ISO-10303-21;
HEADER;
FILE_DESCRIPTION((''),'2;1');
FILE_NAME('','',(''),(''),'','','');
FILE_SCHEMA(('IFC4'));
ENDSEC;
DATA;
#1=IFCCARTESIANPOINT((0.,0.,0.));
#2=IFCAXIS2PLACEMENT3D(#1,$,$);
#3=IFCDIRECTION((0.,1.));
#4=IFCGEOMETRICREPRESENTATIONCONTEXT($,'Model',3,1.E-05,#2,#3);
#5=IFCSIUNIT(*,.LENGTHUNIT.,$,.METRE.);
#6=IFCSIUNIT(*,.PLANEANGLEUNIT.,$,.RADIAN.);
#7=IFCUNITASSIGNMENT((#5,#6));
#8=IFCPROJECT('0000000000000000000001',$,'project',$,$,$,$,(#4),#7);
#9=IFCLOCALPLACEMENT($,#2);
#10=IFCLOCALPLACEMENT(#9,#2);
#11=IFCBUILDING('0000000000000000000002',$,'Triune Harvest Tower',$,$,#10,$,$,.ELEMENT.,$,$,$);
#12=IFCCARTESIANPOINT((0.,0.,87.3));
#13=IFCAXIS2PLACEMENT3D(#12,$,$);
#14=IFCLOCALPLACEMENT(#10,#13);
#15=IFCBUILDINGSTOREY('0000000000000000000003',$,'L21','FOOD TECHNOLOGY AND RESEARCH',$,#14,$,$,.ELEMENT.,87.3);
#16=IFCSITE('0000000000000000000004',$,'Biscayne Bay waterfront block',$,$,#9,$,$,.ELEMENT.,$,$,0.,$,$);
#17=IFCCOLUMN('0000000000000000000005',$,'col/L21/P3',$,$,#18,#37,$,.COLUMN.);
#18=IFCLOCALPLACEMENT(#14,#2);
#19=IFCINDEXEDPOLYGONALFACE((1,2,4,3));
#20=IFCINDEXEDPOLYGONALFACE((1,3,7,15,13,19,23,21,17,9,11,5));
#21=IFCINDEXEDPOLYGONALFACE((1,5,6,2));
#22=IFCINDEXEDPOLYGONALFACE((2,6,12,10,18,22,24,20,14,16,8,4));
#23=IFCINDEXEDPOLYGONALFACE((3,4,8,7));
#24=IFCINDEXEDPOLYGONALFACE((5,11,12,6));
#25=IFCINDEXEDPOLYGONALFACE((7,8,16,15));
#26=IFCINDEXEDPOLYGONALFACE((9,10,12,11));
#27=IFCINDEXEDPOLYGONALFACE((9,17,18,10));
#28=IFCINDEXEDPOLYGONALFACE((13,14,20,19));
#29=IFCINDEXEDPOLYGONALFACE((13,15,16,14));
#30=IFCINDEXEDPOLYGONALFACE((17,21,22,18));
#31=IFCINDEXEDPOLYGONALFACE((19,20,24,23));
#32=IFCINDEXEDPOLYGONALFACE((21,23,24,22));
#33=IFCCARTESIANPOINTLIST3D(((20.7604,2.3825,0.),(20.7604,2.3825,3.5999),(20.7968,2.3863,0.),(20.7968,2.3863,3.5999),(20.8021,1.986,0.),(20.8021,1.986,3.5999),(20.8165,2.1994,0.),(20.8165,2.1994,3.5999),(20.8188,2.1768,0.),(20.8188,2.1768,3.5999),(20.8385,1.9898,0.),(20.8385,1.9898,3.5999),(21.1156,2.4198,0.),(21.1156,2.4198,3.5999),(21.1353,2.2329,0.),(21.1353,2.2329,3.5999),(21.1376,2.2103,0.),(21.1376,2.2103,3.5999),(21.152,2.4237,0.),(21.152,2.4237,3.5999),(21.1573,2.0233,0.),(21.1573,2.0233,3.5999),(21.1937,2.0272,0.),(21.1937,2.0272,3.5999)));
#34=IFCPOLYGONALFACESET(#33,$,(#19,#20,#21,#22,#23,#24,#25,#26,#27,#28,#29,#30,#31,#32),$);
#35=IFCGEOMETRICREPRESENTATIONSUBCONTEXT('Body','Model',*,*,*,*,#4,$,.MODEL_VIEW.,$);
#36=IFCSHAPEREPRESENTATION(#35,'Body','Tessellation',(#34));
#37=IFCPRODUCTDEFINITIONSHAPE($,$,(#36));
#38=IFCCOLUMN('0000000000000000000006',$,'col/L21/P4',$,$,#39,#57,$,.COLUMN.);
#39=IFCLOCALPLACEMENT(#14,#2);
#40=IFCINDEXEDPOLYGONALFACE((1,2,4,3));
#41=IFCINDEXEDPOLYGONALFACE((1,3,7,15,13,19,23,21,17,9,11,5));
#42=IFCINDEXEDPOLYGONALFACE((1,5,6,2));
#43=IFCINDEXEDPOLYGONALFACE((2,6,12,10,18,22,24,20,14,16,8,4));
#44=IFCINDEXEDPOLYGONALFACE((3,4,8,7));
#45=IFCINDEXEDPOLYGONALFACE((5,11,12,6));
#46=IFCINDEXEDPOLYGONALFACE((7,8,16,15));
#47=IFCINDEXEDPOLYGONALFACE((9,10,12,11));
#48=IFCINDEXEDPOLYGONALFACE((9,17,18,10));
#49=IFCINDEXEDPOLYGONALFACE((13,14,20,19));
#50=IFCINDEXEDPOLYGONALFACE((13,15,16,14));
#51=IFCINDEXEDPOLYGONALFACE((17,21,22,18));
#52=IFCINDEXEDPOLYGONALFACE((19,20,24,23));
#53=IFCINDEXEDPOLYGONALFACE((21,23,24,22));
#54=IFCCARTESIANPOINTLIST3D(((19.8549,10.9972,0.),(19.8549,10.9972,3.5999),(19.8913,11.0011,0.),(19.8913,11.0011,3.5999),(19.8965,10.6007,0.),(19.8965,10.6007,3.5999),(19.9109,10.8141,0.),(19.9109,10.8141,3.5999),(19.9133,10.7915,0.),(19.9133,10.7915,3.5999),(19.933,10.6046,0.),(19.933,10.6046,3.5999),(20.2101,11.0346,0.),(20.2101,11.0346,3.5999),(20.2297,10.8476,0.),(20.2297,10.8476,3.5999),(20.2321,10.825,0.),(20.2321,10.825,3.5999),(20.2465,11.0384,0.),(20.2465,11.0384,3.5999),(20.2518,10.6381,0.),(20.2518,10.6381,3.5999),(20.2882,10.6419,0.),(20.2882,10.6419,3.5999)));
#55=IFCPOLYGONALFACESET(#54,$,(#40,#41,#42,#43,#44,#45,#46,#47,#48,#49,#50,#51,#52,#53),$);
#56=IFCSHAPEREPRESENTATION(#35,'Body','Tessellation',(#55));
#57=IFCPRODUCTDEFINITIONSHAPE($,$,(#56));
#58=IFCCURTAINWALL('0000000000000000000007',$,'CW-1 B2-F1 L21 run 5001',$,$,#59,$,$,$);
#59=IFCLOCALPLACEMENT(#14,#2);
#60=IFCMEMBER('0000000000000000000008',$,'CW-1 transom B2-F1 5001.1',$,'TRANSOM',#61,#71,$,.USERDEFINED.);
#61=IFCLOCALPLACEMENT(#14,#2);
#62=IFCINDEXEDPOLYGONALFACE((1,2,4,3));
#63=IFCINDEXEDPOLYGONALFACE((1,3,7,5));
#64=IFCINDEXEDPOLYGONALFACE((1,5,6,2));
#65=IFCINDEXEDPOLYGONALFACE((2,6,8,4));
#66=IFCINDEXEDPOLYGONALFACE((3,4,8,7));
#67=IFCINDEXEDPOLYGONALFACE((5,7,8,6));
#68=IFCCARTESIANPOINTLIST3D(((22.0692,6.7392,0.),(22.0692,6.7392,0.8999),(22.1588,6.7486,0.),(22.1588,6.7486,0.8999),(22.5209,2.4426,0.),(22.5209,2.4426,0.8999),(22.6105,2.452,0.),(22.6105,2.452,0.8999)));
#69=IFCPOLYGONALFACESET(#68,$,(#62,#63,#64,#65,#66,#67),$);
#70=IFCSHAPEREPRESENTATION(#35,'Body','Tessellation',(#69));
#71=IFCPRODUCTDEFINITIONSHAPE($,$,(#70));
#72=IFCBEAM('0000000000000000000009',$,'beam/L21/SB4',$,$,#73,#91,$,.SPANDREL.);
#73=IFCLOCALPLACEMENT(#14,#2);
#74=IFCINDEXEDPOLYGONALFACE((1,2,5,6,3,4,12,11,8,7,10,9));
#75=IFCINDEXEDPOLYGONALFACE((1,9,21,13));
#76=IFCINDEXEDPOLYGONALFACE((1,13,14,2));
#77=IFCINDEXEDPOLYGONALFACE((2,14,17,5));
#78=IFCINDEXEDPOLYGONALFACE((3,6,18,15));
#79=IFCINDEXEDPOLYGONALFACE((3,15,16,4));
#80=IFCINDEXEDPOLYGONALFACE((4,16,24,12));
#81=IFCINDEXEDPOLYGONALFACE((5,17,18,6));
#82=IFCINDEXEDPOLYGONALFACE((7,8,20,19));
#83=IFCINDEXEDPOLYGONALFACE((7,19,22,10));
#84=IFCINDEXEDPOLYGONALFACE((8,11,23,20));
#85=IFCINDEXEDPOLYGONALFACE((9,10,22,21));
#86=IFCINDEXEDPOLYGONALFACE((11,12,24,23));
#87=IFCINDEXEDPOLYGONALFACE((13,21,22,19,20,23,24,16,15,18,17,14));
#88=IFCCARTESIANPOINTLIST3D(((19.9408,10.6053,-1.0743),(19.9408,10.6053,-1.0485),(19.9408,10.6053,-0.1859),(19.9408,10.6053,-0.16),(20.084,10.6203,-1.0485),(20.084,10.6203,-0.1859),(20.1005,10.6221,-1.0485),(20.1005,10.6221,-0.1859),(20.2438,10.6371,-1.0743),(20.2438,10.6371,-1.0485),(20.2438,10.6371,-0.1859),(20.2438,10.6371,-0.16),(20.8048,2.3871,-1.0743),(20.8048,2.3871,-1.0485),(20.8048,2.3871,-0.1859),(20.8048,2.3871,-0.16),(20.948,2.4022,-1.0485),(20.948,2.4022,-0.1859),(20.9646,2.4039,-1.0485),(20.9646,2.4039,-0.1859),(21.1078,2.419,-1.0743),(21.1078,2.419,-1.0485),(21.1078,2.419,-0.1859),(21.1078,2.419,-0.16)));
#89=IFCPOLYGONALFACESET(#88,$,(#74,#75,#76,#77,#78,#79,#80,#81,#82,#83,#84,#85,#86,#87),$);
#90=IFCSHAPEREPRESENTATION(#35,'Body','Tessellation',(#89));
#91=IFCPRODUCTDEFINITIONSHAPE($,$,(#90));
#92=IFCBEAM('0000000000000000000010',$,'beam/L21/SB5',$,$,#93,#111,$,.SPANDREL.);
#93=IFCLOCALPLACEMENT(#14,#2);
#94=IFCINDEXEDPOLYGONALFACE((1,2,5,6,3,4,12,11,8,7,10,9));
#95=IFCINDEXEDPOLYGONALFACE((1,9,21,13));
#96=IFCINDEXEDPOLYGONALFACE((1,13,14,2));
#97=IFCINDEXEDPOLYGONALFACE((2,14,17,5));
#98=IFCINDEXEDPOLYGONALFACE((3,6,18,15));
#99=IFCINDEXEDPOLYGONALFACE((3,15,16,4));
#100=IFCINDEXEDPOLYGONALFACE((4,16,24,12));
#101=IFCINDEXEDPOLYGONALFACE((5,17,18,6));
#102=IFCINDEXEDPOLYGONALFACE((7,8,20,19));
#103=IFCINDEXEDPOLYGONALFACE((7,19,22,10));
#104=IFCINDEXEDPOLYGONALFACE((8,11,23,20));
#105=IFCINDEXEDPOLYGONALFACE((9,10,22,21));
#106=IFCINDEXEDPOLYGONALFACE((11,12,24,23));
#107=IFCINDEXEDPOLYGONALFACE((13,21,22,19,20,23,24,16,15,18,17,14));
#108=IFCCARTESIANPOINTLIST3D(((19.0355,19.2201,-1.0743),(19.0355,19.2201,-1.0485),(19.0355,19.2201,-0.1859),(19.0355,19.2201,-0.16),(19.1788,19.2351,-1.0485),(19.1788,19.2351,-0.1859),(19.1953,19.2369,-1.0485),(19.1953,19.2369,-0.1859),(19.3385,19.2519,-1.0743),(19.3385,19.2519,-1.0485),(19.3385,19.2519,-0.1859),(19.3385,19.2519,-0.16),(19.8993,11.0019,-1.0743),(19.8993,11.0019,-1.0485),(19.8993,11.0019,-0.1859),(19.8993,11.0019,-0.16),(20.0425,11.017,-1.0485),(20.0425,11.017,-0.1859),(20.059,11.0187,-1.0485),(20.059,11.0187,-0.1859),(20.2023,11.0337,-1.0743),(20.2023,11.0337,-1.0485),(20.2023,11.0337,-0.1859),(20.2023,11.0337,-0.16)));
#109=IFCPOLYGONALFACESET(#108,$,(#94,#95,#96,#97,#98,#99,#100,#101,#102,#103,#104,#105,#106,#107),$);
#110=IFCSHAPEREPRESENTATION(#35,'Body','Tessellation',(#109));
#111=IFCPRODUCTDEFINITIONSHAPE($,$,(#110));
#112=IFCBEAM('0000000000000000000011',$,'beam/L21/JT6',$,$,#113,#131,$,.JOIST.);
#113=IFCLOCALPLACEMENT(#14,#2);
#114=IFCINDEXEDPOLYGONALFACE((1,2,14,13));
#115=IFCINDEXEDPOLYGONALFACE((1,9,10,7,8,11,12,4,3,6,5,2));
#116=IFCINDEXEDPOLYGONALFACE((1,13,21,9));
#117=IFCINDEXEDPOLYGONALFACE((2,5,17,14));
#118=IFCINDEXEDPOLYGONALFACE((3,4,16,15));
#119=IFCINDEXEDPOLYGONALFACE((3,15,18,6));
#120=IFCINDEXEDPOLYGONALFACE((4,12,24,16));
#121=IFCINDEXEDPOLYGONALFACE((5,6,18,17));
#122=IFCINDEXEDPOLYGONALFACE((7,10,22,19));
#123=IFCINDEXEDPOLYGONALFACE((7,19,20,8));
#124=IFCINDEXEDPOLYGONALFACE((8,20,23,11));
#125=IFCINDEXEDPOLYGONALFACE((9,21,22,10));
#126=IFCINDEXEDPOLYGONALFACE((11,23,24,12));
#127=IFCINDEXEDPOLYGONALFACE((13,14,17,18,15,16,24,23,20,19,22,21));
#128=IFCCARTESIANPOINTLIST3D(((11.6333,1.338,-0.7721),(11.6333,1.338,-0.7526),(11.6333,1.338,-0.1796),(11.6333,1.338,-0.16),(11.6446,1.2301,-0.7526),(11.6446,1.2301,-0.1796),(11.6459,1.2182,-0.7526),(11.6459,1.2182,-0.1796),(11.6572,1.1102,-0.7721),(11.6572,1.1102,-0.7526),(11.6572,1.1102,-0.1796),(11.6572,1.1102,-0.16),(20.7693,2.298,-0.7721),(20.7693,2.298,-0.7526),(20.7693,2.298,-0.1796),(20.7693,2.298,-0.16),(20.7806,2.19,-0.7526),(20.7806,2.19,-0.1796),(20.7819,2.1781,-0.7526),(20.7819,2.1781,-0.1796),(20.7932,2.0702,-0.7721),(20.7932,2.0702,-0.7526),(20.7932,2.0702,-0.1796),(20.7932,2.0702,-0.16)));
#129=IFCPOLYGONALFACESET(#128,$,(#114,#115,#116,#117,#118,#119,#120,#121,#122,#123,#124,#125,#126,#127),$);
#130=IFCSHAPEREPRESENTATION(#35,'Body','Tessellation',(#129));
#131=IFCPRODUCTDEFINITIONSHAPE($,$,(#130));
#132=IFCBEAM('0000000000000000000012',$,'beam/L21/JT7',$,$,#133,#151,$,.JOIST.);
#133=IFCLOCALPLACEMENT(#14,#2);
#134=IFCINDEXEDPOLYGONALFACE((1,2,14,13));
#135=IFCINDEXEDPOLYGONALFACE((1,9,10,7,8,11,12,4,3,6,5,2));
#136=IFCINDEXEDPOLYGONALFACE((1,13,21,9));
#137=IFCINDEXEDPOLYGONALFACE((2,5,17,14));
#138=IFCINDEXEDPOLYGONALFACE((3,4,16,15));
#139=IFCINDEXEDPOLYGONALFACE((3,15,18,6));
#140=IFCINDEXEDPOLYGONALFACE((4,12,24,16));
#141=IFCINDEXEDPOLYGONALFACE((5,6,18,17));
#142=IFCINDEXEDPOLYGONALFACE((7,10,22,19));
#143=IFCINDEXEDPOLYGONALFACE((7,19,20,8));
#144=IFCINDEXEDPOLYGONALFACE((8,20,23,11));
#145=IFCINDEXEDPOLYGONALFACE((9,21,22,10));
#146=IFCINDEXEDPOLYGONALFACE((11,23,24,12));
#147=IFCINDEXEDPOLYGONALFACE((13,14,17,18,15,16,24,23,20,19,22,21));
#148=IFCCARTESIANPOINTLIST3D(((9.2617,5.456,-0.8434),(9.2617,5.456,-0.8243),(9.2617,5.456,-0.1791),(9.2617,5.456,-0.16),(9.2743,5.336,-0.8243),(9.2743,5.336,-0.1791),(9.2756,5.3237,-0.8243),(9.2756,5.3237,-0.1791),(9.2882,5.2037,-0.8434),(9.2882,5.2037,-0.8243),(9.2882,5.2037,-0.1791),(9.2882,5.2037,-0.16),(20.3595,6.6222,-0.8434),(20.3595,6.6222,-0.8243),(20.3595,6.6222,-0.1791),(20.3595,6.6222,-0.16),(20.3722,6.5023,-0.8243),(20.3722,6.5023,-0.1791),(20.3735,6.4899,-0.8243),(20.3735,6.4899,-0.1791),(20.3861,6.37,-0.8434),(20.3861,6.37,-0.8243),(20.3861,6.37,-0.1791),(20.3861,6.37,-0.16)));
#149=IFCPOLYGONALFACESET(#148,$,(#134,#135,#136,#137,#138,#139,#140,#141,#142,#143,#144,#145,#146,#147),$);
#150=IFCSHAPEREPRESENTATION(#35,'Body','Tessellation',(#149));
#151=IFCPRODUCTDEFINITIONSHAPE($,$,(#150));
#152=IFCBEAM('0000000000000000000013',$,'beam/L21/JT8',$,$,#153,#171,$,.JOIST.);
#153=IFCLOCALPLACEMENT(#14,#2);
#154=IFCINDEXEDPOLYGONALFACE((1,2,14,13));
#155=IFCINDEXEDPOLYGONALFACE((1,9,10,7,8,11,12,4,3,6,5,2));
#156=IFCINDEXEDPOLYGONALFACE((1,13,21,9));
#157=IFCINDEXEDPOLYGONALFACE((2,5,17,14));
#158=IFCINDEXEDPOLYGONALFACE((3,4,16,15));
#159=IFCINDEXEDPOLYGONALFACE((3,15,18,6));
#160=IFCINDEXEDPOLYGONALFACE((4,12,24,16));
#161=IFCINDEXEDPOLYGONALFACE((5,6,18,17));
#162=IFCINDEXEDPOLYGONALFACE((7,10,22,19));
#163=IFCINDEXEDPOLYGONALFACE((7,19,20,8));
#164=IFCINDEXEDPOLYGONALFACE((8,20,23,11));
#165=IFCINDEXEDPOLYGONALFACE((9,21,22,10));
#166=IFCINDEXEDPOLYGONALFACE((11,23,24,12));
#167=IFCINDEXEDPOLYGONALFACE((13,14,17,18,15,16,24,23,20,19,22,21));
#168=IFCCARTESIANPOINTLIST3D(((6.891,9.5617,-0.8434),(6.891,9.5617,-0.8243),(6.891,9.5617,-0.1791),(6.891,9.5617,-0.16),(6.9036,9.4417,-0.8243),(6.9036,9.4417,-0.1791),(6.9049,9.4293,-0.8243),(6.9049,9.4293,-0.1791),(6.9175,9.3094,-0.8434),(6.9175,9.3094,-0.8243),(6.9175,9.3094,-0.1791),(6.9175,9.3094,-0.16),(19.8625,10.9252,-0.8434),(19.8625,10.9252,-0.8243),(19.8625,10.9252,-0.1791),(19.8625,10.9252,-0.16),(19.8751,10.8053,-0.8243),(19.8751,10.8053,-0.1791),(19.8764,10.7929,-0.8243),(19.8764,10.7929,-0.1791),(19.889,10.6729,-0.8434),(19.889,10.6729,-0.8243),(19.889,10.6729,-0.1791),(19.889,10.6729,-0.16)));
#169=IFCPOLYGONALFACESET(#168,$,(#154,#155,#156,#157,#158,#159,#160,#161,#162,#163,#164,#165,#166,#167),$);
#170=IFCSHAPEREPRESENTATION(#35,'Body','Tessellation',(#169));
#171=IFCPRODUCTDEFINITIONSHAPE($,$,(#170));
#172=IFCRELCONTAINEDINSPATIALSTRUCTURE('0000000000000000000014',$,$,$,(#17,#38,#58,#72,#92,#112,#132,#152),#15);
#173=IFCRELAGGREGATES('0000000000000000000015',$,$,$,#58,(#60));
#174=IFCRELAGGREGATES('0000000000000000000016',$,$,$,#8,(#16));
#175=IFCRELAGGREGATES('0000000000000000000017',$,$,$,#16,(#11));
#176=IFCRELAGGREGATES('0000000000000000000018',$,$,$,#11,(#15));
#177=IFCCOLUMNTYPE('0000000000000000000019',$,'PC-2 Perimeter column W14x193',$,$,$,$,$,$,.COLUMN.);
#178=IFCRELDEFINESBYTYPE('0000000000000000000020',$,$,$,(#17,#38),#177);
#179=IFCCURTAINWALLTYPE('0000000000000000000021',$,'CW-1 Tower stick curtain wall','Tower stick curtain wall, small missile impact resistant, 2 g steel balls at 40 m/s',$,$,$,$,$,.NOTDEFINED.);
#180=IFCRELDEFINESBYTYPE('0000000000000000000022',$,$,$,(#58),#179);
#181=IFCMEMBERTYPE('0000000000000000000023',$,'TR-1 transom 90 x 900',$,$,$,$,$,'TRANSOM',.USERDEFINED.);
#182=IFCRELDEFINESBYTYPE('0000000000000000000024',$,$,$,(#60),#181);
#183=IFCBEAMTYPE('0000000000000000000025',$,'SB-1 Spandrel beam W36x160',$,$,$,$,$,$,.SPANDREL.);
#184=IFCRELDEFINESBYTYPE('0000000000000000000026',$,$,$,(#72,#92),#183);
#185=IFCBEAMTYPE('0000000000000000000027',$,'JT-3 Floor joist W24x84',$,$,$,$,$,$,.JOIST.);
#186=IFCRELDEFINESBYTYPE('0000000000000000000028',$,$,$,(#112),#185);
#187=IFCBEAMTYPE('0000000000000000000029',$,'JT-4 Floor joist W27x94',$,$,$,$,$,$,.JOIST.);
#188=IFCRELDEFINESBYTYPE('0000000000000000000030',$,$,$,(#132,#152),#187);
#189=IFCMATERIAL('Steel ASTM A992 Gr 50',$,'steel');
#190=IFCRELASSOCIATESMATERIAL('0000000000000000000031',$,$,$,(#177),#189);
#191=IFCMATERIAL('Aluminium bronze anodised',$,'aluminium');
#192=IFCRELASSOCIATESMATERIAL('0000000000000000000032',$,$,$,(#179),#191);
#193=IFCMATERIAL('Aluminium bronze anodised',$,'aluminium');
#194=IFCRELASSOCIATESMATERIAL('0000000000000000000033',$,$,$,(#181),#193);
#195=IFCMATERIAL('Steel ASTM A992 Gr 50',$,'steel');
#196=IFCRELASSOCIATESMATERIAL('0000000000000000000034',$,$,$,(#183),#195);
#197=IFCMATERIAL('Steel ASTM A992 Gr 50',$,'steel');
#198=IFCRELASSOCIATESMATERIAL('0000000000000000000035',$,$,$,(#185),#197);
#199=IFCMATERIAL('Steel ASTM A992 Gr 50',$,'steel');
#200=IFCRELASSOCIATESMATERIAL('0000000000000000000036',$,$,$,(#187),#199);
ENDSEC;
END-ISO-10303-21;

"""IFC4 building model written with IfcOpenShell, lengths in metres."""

from ifc_helpers import new_model, si_unit, direction, frame, origin, origin_2d, place, context, subcontext, project, spatial, rectangle, i_section, extrude, source, transform, mapped, material, material_profile, profile_set, type_object, element, aggregate, save


model = new_model("IFC4")

# Units and contexts
model_context = context("Model", 3, precision=1e-05, world=origin(), true_north=direction((0.0, 1.0)))
body_context = subcontext(model_context, "Body", "Model", "MODEL_VIEW")
ifc_project = project(units=[si_unit("LENGTHUNIT", "METRE"), si_unit("PLANEANGLEUNIT", "RADIAN")], contexts=[model_context])

# Site, building, storey
site_placement = place(None, origin())
site = spatial("IfcSite", under=ifc_project, at=site_placement, Name="Biscayne Bay waterfront block", CompositionType="ELEMENT", RefElevation=0.0)
building_placement = place(site_placement, origin())
building = spatial("IfcBuilding", under=site, at=building_placement, Name="Triune Harvest Tower", CompositionType="ELEMENT")
storey_placement = place(building_placement, frame((0.0, 0.0, 87.3)))
storey = spatial("IfcBuildingStorey", under=building, at=storey_placement, Name="L21", Description="FOOD TECHNOLOGY AND RESEARCH", CompositionType="ELEMENT", Elevation=87.3)

# Columns
ifc_material_1 = material(Name="Steel ASTM A992 Gr 50", Category="steel")
ifc_material_profile_1 = material_profile(ifc_material_1, i_section(OverallWidth=0.3987, OverallDepth=0.3938, WebThickness=0.0227, FlangeThickness=0.0366, at=origin_2d()), Name="W14x193")
ifc_profile_set_1 = profile_set([ifc_material_profile_1], Name="Steel ASTM A992 Gr 50")
column_type = type_object("IfcColumnType", Name="PC-2 Perimeter column W14x193", PredefinedType="COLUMN", material=ifc_profile_set_1)
shared_shape_1 = source(origin(), body_context, "Body", "SweptSolid", [
    extrude(i_section(OverallWidth=0.3987, OverallDepth=0.3938, WebThickness=0.0227, FlangeThickness=0.0366, at=origin_2d()), origin(), (0.0, 0.0, 1.0), 3.5999),
])
for number, where, z_axis, x_axis, name in (
    (1, (20.9771, 2.2048, 0.0), (0.0, 0.0, 1.0), (-0.104527, 0.994522, 0.0), "col/L21/P3"),
    (2, (20.0715, 10.8196, 0.0), (0.0, 0.0, 1.0), (-0.104527, 0.994522, 0.0), "col/L21/P4"),
):
    element("IfcColumn", number, at=place(storey_placement, frame(where, z_axis=z_axis, x_axis=x_axis)), inside=storey, type_object=column_type, Name=name, PredefinedType="COLUMN", context=body_context, shape_type="MappedRepresentation", body=[
        mapped(shared_shape_1, transform((0.0, 0.0, 0.0), scale=1.0)),
    ])

# Curtain wall, member
ifc_material_2 = material(Name="Aluminium bronze anodised", Category="aluminium")
curtain_wall_type_1 = type_object("IfcCurtainWallType", Name="CW-1 Tower stick curtain wall", Description="Tower stick curtain wall, small missile impact resistant, 2 g steel balls at 40 m/s", PredefinedType="NOTDEFINED", material=ifc_material_2)
curtain_wall_1_placement = place(storey_placement, origin())
curtain_wall_1 = element("IfcCurtainWall", 3, at=curtain_wall_1_placement, inside=storey, type_object=curtain_wall_type_1, Name="CW-1 B2-F1 L21 run 5001")
ifc_material_3 = material(Name="Aluminium bronze anodised", Category="aluminium")
ifc_material_profile_2 = material_profile(ifc_material_3, rectangle(XDim=0.0901, YDim=0.8999, at=origin_2d()), Name="TR-1 transom 90 x 900")
ifc_profile_set_2 = profile_set([ifc_material_profile_2], Name="Aluminium bronze anodised")
member_type_1 = type_object("IfcMemberType", Name="TR-1 transom 90 x 900", ElementType="TRANSOM", PredefinedType="USERDEFINED", material=ifc_profile_set_2)
member_1_placement = place(storey_placement, frame((22.5657, 2.4473, 0.45), z_axis=(-0.104544, 0.99452, 0.0), x_axis=(-0.99452, -0.104544, 0.0)))
member_1 = element("IfcMember", 4, at=member_1_placement, type_object=member_type_1, Name="CW-1 transom B2-F1 5001.1", ObjectType="TRANSOM", PredefinedType="USERDEFINED", context=body_context, shape_type="SweptSolid", body=[
    extrude(rectangle(XDim=0.0901, YDim=0.8999, at=origin_2d()), origin(), (0.0, 0.0, 1.0), 4.3203),
])

# Beams
ifc_material_4 = material(Name="Steel ASTM A992 Gr 50", Category="steel")
ifc_material_profile_3 = material_profile(ifc_material_4, i_section(OverallWidth=0.3047, OverallDepth=0.9143, WebThickness=0.0166, FlangeThickness=0.0259, at=origin_2d()), Name="W36x160")
ifc_profile_set_3 = profile_set([ifc_material_profile_3], Name="Steel ASTM A992 Gr 50")
beam_type_1 = type_object("IfcBeamType", Name="SB-1 Spandrel beam W36x160", PredefinedType="SPANDREL", material=ifc_profile_set_3)
shared_shape_2 = source(origin(), body_context, "Body", "SweptSolid", [
    extrude(i_section(OverallWidth=0.3047, OverallDepth=0.9143, WebThickness=0.0166, FlangeThickness=0.0259, at=origin_2d()), origin(), (0.0, 0.0, 1.0), 8.2634),
])
for number, where, z_axis, x_axis, name in (
    (5, (20.9563, 2.4031, -0.6172), (-0.10456, 0.994519, 0.0), (-0.994519, -0.10456, 0.0), "beam/L21/SB4"),
    (6, (20.0508, 11.0178, -0.6172), (-0.104528, 0.994522, 0.0), (-0.994522, -0.104528, 0.0), "beam/L21/SB5"),
):
    element("IfcBeam", number, at=place(storey_placement, frame(where, z_axis=z_axis, x_axis=x_axis)), inside=storey, type_object=beam_type_1, Name=name, PredefinedType="SPANDREL", context=body_context, shape_type="MappedRepresentation", body=[
        mapped(shared_shape_2, transform((0.0, 0.0, 0.0), scale=1.0)),
    ])
ifc_material_5 = material(Name="Steel ASTM A992 Gr 50", Category="steel")
ifc_material_profile_4 = material_profile(ifc_material_5, i_section(OverallWidth=0.229, OverallDepth=0.6121, WebThickness=0.012, FlangeThickness=0.0195, at=origin_2d()), Name="W24x84")
ifc_profile_set_4 = profile_set([ifc_material_profile_4], Name="Steel ASTM A992 Gr 50")
beam_type_2 = type_object("IfcBeamType", Name="JT-3 Floor joist W24x84", PredefinedType="JOIST", material=ifc_profile_set_4)
shared_shape_3 = source(origin(), body_context, "Body", "SweptSolid", [
    extrude(i_section(OverallWidth=0.229, OverallDepth=0.6121, WebThickness=0.012, FlangeThickness=0.0195, at=origin_2d()), origin(), (0.0, 0.0, 1.0), 9.1863),
])
beam_1_placement = place(storey_placement, frame((20.7812, 2.1841, -0.4661), z_axis=(-0.994525, -0.104499, 0.0), x_axis=(0.104499, -0.994525, 0.0)))
element("IfcBeam", 7, at=beam_1_placement, inside=storey, type_object=beam_type_2, Name="beam/L21/JT6", PredefinedType="JOIST", context=body_context, shape_type="MappedRepresentation", body=[
    mapped(shared_shape_3, transform((0.0, 0.0, 0.0), scale=1.0)),
])
ifc_material_6 = material(Name="Steel ASTM A992 Gr 50", Category="steel")
ifc_material_profile_5 = material_profile(ifc_material_6, i_section(OverallWidth=0.2537, OverallDepth=0.6833, WebThickness=0.0125, FlangeThickness=0.019, at=origin_2d()), Name="W27x94")
ifc_profile_set_5 = profile_set([ifc_material_profile_5], Name="Steel ASTM A992 Gr 50")
beam_type_3 = type_object("IfcBeamType", Name="JT-4 Floor joist W27x94", PredefinedType="JOIST", material=ifc_profile_set_5)
shared_shape_4 = source(origin(), body_context, "Body", "SweptSolid", [
    extrude(i_section(OverallWidth=0.2537, OverallDepth=0.6833, WebThickness=0.0125, FlangeThickness=0.019, at=origin_2d()), origin(), (0.0, 0.0, 1.0), 11.1589),
])
beam_2_placement = place(storey_placement, frame((20.3728, 6.4961, -0.5017), z_axis=(-0.994524, -0.104513, 0.0), x_axis=(0.104513, -0.994524, 0.0)))
element("IfcBeam", 8, at=beam_2_placement, inside=storey, type_object=beam_type_3, Name="beam/L21/JT7", PredefinedType="JOIST", context=body_context, shape_type="MappedRepresentation", body=[
    mapped(shared_shape_4, transform((0.0, 0.0, 0.0), scale=1.0)),
])
shared_shape_5 = source(origin(), body_context, "Body", "SweptSolid", [
    extrude(i_section(OverallWidth=0.2537, OverallDepth=0.6833, WebThickness=0.0125, FlangeThickness=0.019, at=origin_2d()), origin(), (0.0, 0.0, 1.0), 13.043),
])
beam_3_placement = place(storey_placement, frame((19.8757, 10.7991, -0.5017), z_axis=(-0.994521, -0.104542, 0.0), x_axis=(0.104542, -0.994521, 0.0)))
element("IfcBeam", 9, at=beam_3_placement, inside=storey, type_object=beam_type_3, Name="beam/L21/JT8", PredefinedType="JOIST", context=body_context, shape_type="MappedRepresentation", body=[
    mapped(shared_shape_5, transform((0.0, 0.0, 0.0), scale=1.0)),
])

aggregate(curtain_wall_1, [member_1])

save(model, "model.ifc")
